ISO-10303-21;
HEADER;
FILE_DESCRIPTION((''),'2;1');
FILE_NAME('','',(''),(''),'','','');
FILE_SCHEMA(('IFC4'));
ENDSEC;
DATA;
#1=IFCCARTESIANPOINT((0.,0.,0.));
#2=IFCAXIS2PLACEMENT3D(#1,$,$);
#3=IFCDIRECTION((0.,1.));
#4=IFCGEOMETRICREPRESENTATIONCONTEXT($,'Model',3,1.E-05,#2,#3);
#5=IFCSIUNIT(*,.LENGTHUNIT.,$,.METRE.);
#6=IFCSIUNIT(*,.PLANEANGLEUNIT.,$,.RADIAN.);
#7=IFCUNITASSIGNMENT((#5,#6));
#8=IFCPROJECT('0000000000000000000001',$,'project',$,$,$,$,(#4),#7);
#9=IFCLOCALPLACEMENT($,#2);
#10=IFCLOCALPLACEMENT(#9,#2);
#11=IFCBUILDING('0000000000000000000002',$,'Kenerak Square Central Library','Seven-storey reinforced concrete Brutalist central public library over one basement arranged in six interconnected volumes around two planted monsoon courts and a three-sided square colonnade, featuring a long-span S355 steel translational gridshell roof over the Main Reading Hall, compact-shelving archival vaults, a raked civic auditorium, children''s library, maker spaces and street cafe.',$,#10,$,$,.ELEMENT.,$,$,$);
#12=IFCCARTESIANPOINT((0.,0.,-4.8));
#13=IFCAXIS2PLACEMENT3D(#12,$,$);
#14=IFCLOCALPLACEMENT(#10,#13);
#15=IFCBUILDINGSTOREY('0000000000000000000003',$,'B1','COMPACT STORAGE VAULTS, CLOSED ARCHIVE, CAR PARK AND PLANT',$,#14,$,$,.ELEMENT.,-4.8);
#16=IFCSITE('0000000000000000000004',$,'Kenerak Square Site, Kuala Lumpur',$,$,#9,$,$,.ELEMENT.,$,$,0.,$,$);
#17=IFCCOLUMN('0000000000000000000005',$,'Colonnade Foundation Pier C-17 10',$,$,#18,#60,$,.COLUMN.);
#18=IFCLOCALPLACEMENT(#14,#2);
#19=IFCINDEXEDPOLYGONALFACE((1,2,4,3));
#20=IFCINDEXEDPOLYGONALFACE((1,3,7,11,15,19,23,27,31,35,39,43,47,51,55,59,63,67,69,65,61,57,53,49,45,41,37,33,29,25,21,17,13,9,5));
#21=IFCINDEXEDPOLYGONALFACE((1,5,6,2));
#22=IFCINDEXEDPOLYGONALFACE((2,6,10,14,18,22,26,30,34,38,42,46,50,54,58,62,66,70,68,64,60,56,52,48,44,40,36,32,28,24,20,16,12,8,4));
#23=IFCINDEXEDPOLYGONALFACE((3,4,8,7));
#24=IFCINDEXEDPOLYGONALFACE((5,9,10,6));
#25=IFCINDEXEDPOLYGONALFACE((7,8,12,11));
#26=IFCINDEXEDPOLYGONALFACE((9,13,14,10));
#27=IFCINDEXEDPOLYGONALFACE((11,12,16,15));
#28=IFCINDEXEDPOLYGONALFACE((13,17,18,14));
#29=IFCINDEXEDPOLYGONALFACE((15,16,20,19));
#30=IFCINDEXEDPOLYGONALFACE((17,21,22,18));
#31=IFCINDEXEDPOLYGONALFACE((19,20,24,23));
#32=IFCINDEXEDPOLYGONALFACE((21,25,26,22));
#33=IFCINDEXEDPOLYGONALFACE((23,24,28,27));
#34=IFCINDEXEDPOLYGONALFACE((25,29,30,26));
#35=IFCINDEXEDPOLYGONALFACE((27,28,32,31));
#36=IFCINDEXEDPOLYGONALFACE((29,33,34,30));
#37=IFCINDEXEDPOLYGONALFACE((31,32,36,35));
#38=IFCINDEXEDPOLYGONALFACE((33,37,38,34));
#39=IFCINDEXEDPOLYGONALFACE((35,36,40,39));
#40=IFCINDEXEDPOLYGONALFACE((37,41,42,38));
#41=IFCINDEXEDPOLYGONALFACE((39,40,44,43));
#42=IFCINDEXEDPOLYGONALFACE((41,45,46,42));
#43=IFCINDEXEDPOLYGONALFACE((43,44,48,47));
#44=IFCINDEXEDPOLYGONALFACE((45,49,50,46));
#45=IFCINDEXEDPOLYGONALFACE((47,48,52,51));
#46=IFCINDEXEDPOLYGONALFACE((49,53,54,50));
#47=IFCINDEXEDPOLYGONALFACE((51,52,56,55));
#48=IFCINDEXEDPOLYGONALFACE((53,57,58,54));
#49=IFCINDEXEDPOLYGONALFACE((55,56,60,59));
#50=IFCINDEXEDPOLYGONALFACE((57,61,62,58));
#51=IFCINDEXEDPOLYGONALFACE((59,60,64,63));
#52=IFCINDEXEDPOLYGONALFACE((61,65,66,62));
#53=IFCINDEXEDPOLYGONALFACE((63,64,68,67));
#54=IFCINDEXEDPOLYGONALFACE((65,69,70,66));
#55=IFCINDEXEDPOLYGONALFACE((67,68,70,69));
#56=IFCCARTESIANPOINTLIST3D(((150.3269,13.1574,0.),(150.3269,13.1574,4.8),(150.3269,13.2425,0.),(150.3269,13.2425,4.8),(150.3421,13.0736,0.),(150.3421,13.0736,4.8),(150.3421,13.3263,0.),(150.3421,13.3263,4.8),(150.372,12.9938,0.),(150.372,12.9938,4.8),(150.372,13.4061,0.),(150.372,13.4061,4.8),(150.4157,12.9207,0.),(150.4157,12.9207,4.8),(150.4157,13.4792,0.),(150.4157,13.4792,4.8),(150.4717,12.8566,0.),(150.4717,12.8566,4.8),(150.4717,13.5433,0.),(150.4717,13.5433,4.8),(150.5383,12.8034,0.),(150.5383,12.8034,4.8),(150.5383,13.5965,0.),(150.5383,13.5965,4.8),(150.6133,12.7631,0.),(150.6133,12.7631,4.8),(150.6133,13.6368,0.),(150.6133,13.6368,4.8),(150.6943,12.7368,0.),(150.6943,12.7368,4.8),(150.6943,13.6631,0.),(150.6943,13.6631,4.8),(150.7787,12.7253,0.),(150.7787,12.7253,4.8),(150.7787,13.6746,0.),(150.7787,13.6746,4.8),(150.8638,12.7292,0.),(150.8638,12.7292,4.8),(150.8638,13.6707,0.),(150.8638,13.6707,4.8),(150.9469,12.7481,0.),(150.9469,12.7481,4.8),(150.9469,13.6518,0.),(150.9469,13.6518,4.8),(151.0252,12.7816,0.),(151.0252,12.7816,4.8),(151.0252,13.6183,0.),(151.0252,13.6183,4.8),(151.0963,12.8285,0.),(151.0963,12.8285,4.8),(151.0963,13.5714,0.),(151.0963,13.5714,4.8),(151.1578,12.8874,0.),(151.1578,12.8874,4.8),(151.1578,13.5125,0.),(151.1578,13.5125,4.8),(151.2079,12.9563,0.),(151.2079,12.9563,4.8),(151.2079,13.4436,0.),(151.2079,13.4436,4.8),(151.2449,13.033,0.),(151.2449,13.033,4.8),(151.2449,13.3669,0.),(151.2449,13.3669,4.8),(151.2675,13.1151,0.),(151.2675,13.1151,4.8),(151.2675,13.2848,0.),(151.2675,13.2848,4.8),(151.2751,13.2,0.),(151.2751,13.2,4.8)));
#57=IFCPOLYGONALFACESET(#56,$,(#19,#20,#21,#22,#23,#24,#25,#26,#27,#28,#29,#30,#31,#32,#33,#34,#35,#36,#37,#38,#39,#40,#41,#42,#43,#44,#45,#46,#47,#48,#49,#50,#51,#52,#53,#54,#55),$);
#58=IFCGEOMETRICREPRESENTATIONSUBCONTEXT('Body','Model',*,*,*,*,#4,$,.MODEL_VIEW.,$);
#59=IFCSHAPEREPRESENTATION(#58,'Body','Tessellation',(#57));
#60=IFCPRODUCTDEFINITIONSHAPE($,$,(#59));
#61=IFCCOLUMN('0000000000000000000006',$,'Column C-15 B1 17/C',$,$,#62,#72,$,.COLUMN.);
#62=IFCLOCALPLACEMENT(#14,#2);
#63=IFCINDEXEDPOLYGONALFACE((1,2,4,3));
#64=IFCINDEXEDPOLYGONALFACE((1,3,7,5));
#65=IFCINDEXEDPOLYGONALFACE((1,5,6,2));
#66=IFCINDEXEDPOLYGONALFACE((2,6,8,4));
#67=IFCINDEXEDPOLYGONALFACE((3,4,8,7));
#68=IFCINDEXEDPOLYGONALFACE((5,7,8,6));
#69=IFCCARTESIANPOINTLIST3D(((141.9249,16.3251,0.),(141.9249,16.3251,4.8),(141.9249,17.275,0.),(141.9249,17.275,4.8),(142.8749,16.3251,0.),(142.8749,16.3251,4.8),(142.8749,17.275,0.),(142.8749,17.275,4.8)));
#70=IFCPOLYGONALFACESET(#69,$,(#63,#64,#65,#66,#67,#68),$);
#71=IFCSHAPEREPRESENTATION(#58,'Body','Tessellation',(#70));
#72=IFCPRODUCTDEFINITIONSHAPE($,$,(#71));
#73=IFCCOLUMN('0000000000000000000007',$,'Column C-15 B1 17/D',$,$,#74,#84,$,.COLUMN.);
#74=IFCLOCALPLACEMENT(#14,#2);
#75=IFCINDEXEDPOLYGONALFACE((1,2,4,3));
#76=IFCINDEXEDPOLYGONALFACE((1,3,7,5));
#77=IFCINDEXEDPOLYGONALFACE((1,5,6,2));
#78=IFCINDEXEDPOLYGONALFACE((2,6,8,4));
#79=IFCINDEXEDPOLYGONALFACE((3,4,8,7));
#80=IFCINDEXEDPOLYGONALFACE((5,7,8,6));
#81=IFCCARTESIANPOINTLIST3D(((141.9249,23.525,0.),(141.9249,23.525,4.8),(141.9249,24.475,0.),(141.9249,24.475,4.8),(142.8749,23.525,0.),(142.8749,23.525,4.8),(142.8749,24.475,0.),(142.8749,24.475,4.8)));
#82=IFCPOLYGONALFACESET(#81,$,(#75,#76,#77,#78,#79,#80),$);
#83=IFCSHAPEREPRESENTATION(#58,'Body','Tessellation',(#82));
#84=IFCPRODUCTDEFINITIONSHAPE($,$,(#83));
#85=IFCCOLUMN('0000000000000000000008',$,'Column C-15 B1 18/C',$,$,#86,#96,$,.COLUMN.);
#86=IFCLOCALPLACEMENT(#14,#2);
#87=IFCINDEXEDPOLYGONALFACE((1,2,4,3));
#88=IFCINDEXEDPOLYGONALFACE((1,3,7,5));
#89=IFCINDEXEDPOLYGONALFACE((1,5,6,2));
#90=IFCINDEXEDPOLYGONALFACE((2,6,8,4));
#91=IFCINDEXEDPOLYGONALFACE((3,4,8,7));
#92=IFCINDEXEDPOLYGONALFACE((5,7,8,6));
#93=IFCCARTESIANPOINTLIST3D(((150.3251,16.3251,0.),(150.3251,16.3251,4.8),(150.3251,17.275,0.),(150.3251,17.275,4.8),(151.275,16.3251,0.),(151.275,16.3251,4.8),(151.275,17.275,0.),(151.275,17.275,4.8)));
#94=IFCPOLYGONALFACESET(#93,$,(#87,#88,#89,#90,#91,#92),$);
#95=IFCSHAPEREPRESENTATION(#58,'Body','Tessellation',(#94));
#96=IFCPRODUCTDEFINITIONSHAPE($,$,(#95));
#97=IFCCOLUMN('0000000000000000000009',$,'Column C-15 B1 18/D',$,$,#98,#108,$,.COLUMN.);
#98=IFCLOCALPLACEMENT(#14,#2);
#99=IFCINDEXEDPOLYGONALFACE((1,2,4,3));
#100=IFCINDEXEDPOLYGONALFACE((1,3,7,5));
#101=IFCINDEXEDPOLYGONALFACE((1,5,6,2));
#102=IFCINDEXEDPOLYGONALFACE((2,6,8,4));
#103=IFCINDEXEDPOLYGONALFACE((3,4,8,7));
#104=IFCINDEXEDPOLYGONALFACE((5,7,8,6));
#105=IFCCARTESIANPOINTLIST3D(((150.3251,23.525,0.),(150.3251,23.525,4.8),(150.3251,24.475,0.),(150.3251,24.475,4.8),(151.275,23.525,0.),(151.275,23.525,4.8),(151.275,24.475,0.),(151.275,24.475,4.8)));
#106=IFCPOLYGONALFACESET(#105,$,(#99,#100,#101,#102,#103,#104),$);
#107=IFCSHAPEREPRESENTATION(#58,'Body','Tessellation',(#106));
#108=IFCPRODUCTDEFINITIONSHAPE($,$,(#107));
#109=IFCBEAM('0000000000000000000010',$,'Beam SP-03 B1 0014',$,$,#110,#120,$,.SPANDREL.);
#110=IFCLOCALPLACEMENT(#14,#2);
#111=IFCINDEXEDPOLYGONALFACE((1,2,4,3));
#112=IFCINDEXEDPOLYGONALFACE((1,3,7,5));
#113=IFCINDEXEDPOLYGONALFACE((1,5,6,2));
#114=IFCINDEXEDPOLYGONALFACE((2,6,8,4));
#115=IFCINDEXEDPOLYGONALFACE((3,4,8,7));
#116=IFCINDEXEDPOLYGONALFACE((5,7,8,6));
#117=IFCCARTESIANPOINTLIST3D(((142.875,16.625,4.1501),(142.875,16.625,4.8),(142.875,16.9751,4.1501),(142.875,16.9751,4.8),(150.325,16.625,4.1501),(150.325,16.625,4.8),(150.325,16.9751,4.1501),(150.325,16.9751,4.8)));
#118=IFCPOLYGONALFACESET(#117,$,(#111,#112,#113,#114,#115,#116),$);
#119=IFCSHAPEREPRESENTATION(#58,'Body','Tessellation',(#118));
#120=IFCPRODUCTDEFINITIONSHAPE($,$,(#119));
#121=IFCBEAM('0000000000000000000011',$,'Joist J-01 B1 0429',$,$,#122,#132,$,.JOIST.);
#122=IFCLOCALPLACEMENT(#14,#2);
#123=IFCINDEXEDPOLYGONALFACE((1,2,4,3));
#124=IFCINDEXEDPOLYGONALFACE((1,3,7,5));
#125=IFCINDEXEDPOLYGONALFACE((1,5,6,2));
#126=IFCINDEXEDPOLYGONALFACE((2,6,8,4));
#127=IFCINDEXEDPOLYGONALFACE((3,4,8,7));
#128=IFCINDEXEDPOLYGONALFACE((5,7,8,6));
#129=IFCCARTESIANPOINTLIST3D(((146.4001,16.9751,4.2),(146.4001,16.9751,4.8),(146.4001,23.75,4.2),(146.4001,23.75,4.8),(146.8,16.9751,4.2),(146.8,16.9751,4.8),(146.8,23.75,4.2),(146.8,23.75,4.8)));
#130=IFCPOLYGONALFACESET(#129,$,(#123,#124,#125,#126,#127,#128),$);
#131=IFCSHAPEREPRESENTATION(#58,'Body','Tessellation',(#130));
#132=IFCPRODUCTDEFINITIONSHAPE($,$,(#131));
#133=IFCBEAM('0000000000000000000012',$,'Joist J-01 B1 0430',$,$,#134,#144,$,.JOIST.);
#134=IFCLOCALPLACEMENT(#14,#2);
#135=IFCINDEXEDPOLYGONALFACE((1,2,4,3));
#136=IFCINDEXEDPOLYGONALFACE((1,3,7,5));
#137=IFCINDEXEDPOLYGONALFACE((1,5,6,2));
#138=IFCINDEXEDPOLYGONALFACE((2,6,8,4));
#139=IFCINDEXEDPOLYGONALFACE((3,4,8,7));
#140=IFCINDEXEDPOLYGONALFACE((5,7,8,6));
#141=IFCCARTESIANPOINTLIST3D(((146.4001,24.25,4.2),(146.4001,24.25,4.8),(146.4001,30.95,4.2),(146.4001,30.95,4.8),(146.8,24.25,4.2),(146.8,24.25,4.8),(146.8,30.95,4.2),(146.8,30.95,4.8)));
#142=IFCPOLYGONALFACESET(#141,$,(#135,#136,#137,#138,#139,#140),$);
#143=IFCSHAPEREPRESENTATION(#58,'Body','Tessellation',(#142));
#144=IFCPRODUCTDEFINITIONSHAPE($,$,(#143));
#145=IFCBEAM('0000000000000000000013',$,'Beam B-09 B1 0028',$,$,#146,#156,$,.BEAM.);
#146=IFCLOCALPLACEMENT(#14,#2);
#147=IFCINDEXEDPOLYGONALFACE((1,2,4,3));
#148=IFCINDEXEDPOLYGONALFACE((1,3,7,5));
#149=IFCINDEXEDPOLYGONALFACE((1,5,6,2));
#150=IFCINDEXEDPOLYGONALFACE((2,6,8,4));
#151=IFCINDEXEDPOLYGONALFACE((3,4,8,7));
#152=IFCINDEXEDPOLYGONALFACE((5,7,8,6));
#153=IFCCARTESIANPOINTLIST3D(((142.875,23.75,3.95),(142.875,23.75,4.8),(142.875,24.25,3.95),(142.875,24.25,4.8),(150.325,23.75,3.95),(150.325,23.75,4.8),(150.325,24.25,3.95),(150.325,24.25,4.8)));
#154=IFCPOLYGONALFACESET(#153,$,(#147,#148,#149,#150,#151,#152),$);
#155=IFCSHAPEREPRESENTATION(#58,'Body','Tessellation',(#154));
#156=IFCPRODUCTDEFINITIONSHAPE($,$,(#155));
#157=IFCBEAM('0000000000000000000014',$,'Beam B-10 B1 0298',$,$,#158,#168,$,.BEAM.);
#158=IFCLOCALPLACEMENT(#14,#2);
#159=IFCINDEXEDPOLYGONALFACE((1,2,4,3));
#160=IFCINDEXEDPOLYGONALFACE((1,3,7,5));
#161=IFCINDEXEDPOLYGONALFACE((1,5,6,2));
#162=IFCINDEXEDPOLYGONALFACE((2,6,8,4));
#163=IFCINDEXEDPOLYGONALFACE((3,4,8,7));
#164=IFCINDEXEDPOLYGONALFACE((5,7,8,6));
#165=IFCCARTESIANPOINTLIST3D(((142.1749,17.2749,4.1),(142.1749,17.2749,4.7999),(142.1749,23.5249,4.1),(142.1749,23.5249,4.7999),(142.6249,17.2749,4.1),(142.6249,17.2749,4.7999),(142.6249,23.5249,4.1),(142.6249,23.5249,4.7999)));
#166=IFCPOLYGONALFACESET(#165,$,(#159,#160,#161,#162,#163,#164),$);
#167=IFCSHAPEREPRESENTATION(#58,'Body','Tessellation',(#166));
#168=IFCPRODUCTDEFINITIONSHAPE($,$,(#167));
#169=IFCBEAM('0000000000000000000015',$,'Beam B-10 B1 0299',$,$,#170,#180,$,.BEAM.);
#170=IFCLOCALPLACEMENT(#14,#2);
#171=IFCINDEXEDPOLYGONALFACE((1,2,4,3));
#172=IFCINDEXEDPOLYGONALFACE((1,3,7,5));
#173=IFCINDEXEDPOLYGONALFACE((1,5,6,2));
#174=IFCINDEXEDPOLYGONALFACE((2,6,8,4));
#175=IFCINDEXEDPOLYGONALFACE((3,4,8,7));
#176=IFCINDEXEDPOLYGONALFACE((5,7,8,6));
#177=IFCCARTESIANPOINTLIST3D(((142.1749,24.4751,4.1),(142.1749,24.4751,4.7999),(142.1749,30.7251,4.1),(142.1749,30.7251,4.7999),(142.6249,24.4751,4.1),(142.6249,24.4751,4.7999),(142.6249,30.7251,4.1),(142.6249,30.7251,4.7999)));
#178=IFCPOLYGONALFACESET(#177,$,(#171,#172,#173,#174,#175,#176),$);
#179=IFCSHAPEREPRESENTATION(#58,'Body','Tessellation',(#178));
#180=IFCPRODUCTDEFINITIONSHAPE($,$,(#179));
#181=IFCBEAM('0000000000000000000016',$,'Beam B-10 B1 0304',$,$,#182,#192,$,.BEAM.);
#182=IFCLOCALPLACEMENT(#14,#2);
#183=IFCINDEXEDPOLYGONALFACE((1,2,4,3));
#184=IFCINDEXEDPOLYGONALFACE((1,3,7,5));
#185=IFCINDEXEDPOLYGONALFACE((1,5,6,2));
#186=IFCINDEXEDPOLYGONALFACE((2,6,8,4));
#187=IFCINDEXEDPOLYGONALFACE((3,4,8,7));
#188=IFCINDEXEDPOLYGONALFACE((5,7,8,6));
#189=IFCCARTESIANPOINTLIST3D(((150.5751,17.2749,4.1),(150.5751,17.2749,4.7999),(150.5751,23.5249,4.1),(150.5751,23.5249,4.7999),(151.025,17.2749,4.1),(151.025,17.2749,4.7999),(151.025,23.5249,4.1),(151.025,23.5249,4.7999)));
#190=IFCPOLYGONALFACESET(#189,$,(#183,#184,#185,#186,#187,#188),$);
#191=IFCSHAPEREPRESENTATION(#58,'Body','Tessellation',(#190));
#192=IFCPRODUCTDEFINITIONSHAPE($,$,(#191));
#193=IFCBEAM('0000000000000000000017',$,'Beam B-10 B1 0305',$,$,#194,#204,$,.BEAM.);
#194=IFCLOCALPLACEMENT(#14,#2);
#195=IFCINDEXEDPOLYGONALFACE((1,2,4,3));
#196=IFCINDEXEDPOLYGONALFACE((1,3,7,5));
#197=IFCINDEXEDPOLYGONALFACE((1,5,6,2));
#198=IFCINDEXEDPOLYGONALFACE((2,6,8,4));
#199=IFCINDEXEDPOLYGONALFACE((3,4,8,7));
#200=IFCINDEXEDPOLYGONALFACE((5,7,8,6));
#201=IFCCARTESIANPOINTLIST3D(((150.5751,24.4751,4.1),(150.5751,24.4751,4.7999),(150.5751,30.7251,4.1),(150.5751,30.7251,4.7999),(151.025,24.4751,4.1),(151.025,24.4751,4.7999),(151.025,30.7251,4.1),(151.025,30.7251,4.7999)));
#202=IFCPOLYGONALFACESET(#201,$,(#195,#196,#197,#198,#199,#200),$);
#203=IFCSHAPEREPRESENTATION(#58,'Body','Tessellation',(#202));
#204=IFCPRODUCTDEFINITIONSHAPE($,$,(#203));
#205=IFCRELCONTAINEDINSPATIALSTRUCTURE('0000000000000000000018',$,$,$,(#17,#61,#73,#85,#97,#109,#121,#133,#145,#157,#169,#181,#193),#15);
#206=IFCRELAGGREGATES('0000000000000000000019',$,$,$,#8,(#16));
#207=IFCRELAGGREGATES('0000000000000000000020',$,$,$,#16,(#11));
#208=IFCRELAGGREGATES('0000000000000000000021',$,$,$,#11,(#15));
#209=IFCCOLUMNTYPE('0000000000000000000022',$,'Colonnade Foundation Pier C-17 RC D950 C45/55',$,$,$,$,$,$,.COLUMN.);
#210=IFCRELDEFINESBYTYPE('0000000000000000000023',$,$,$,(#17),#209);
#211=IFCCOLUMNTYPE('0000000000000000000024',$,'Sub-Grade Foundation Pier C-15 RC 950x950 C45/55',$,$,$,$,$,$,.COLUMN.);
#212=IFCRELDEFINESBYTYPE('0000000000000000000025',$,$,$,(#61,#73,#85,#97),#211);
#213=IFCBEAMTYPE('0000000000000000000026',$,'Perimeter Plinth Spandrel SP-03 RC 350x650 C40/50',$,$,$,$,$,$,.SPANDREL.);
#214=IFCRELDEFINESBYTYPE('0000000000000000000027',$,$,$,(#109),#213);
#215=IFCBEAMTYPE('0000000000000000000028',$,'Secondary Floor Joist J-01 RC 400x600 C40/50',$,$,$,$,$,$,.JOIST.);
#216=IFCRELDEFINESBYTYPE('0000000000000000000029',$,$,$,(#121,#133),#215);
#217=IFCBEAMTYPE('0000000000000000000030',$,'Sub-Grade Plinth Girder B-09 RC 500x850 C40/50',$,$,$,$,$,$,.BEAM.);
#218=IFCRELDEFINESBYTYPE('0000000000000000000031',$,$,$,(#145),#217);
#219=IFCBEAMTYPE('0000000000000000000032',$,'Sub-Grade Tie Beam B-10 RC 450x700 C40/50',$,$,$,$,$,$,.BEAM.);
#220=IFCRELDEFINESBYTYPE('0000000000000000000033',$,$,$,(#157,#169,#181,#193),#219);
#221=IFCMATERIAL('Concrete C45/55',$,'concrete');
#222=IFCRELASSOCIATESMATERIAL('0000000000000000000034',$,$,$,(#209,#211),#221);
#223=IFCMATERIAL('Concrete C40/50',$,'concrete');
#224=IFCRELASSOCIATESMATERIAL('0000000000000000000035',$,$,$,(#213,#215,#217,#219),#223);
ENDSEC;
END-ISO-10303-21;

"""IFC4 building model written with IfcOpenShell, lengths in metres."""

from ifc_helpers import new_model, si_unit, direction, frame, origin, origin_2d, place, context, subcontext, project, spatial, rectangle, circle, extrude, material, material_profile, profile_set, type_object, element, save


model = new_model("IFC4")

# Units and contexts
model_context = context("Model", 3, precision=1e-05, world=origin(), true_north=direction((0.0, 1.0)))
body_context = subcontext(model_context, "Body", "Model", "MODEL_VIEW")
ifc_project = project(units=[si_unit("LENGTHUNIT", "METRE"), si_unit("PLANEANGLEUNIT", "RADIAN")], contexts=[model_context])

# Site, building, storey
site_placement = place(None, origin())
site = spatial("IfcSite", under=ifc_project, at=site_placement, Name="Kenerak Square Site, Kuala Lumpur", CompositionType="ELEMENT", RefElevation=0.0)
building_placement = place(site_placement, origin())
building = spatial("IfcBuilding", under=site, at=building_placement, Name="Kenerak Square Central Library", Description="Seven-storey reinforced concrete Brutalist central public library over one basement arranged in six interconnected volumes around two planted monsoon courts and a three-sided square colonnade, featuring a long-span S355 steel translational gridshell roof over the Main Reading Hall, compact-shelving archival vaults, a raked civic auditorium, children's library, maker spaces and street cafe.", CompositionType="ELEMENT")
storey_placement = place(building_placement, frame((0.0, 0.0, -4.8)))
storey = spatial("IfcBuildingStorey", under=building, at=storey_placement, Name="B1", Description="COMPACT STORAGE VAULTS, CLOSED ARCHIVE, CAR PARK AND PLANT", CompositionType="ELEMENT", Elevation=-4.8)

# Shared definitions
ifc_material_1 = material(Name="Concrete C40/50", Category="concrete")

# Columns
ifc_material_2 = material(Name="Concrete C45/55", Category="concrete")
ifc_material_profile_1 = material_profile(ifc_material_2, circle(Radius=0.4751, at=origin_2d()), Name="RC D950")
ifc_profile_set_1 = profile_set([ifc_material_profile_1], Name="Concrete C45/55")
column_type_1 = type_object("IfcColumnType", Name="Colonnade Foundation Pier C-17 RC D950 C45/55", PredefinedType="COLUMN", material=ifc_profile_set_1)
for number, where, z_axis, x_axis, name in (
    (1, (150.8, 13.2, 0.0), (0.0, 0.0, 1.0), (1.0, 0.0, 0.0), "Colonnade Foundation Pier C-17 10"),
):
    element("IfcColumn", number, at=place(storey_placement, frame(where, z_axis=z_axis, x_axis=x_axis)), inside=storey, type_object=column_type_1, Name=name, PredefinedType="COLUMN", context=body_context, shape_type="SweptSolid", body=[
        extrude(circle(Radius=0.4751, at=origin_2d()), origin(), (0.0, 0.0, 1.0), 4.8),
    ])
ifc_material_profile_2 = material_profile(ifc_material_2, rectangle(XDim=0.95, YDim=0.95, at=origin_2d()), Name="RC 950x950")
ifc_profile_set_2 = profile_set([ifc_material_profile_2], Name="Concrete C45/55")
column_type_2 = type_object("IfcColumnType", Name="Sub-Grade Foundation Pier C-15 RC 950x950 C45/55", PredefinedType="COLUMN", material=ifc_profile_set_2)
for number, where, z_axis, x_axis, name in (
    (2, (142.3999, 16.8, 0.0), (0.0, 0.0, 1.0), (1.0, 0.0, 0.0), "Column C-15 B1 17/C"),
    (3, (142.3999, 24.0, 0.0), (0.0, 0.0, 1.0), (1.0, 0.0, 0.0), "Column C-15 B1 17/D"),
    (4, (150.8, 16.8, 0.0), (0.0, 0.0, 1.0), (1.0, 0.0, 0.0), "Column C-15 B1 18/C"),
    (5, (150.8, 24.0, 0.0), (0.0, 0.0, 1.0), (1.0, 0.0, 0.0), "Column C-15 B1 18/D"),
):
    element("IfcColumn", number, at=place(storey_placement, frame(where, z_axis=z_axis, x_axis=x_axis)), inside=storey, type_object=column_type_2, Name=name, PredefinedType="COLUMN", context=body_context, shape_type="SweptSolid", body=[
        extrude(rectangle(XDim=0.95, YDim=0.95, at=origin_2d()), origin(), (0.0, 0.0, 1.0), 4.8),
    ])

# Beams
ifc_material_profile_3 = material_profile(ifc_material_1, rectangle(XDim=0.3501, YDim=0.6499, at=origin_2d()), Name="RC 350x650")
ifc_profile_set_3 = profile_set([ifc_material_profile_3], Name="Concrete C40/50")
beam_type_1 = type_object("IfcBeamType", Name="Perimeter Plinth Spandrel SP-03 RC 350x650 C40/50", PredefinedType="SPANDREL", material=ifc_profile_set_3)
beam_1_placement = place(storey_placement, frame((142.875, 16.8, 4.4751), z_axis=(1.0, 0.0, 0.0), x_axis=(0.0, 1.0, 0.0)))
element("IfcBeam", 6, at=beam_1_placement, inside=storey, type_object=beam_type_1, Name="Beam SP-03 B1 0014", PredefinedType="SPANDREL", context=body_context, shape_type="SweptSolid", body=[
    extrude(rectangle(XDim=0.3501, YDim=0.6499, at=origin_2d()), origin(), (0.0, 0.0, 1.0), 7.45),
])
ifc_material_profile_4 = material_profile(ifc_material_1, rectangle(XDim=0.3999, YDim=0.6001, at=origin_2d()), Name="RC 400x600")
ifc_profile_set_4 = profile_set([ifc_material_profile_4], Name="Concrete C40/50")
beam_type_2 = type_object("IfcBeamType", Name="Secondary Floor Joist J-01 RC 400x600 C40/50", PredefinedType="JOIST", material=ifc_profile_set_4)
beam_2_placement = place(storey_placement, frame((146.6001, 16.9751, 4.5), z_axis=(0.0, 1.0, 0.0), x_axis=(-1.0, 0.0, 0.0)))
element("IfcBeam", 7, at=beam_2_placement, inside=storey, type_object=beam_type_2, Name="Joist J-01 B1 0429", PredefinedType="JOIST", context=body_context, shape_type="SweptSolid", body=[
    extrude(rectangle(XDim=0.3999, YDim=0.6001, at=origin_2d()), origin(), (0.0, 0.0, 1.0), 6.7749),
])
beam_3_placement = place(storey_placement, frame((146.6001, 24.25, 4.5), z_axis=(0.0, 1.0, 0.0), x_axis=(-1.0, 0.0, 0.0)))
element("IfcBeam", 8, at=beam_3_placement, inside=storey, type_object=beam_type_2, Name="Joist J-01 B1 0430", PredefinedType="JOIST", context=body_context, shape_type="SweptSolid", body=[
    extrude(rectangle(XDim=0.3999, YDim=0.6001, at=origin_2d()), origin(), (0.0, 0.0, 1.0), 6.7),
])
ifc_material_profile_5 = material_profile(ifc_material_1, rectangle(XDim=0.5, YDim=0.8501, at=origin_2d()), Name="RC 500x850")
ifc_profile_set_5 = profile_set([ifc_material_profile_5], Name="Concrete C40/50")
beam_type_3 = type_object("IfcBeamType", Name="Sub-Grade Plinth Girder B-09 RC 500x850 C40/50", PredefinedType="BEAM", material=ifc_profile_set_5)
beam_4_placement = place(storey_placement, frame((142.875, 24.0, 4.375), z_axis=(1.0, 0.0, 0.0), x_axis=(0.0, 1.0, 0.0)))
element("IfcBeam", 9, at=beam_4_placement, inside=storey, type_object=beam_type_3, Name="Beam B-09 B1 0028", PredefinedType="BEAM", context=body_context, shape_type="SweptSolid", body=[
    extrude(rectangle(XDim=0.5, YDim=0.8501, at=origin_2d()), origin(), (0.0, 0.0, 1.0), 7.45),
])
ifc_material_profile_6 = material_profile(ifc_material_1, rectangle(XDim=0.45, YDim=0.7, at=origin_2d()), Name="RC 450x700")
ifc_profile_set_6 = profile_set([ifc_material_profile_6], Name="Concrete C40/50")
beam_type_4 = type_object("IfcBeamType", Name="Sub-Grade Tie Beam B-10 RC 450x700 C40/50", PredefinedType="BEAM", material=ifc_profile_set_6)
for number, where, z_axis, x_axis, name in (
    (10, (142.3999, 17.2749, 4.45), (0.0, 1.0, 0.0), (-1.0, 0.0, 0.0), "Beam B-10 B1 0298"),
    (11, (142.3999, 24.4751, 4.45), (0.0, 1.0, 0.0), (-1.0, 0.0, 0.0), "Beam B-10 B1 0299"),
    (12, (150.8, 17.2749, 4.45), (0.0, 1.0, 0.0), (-1.0, 0.0, 0.0), "Beam B-10 B1 0304"),
    (13, (150.8, 24.4751, 4.45), (0.0, 1.0, 0.0), (-1.0, 0.0, 0.0), "Beam B-10 B1 0305"),
):
    element("IfcBeam", number, at=place(storey_placement, frame(where, z_axis=z_axis, x_axis=x_axis)), inside=storey, type_object=beam_type_4, Name=name, PredefinedType="BEAM", context=body_context, shape_type="SweptSolid", body=[
        extrude(rectangle(XDim=0.45, YDim=0.7, at=origin_2d()), origin(), (0.0, 0.0, 1.0), 6.25),
    ])

save(model, "model.ifc")
